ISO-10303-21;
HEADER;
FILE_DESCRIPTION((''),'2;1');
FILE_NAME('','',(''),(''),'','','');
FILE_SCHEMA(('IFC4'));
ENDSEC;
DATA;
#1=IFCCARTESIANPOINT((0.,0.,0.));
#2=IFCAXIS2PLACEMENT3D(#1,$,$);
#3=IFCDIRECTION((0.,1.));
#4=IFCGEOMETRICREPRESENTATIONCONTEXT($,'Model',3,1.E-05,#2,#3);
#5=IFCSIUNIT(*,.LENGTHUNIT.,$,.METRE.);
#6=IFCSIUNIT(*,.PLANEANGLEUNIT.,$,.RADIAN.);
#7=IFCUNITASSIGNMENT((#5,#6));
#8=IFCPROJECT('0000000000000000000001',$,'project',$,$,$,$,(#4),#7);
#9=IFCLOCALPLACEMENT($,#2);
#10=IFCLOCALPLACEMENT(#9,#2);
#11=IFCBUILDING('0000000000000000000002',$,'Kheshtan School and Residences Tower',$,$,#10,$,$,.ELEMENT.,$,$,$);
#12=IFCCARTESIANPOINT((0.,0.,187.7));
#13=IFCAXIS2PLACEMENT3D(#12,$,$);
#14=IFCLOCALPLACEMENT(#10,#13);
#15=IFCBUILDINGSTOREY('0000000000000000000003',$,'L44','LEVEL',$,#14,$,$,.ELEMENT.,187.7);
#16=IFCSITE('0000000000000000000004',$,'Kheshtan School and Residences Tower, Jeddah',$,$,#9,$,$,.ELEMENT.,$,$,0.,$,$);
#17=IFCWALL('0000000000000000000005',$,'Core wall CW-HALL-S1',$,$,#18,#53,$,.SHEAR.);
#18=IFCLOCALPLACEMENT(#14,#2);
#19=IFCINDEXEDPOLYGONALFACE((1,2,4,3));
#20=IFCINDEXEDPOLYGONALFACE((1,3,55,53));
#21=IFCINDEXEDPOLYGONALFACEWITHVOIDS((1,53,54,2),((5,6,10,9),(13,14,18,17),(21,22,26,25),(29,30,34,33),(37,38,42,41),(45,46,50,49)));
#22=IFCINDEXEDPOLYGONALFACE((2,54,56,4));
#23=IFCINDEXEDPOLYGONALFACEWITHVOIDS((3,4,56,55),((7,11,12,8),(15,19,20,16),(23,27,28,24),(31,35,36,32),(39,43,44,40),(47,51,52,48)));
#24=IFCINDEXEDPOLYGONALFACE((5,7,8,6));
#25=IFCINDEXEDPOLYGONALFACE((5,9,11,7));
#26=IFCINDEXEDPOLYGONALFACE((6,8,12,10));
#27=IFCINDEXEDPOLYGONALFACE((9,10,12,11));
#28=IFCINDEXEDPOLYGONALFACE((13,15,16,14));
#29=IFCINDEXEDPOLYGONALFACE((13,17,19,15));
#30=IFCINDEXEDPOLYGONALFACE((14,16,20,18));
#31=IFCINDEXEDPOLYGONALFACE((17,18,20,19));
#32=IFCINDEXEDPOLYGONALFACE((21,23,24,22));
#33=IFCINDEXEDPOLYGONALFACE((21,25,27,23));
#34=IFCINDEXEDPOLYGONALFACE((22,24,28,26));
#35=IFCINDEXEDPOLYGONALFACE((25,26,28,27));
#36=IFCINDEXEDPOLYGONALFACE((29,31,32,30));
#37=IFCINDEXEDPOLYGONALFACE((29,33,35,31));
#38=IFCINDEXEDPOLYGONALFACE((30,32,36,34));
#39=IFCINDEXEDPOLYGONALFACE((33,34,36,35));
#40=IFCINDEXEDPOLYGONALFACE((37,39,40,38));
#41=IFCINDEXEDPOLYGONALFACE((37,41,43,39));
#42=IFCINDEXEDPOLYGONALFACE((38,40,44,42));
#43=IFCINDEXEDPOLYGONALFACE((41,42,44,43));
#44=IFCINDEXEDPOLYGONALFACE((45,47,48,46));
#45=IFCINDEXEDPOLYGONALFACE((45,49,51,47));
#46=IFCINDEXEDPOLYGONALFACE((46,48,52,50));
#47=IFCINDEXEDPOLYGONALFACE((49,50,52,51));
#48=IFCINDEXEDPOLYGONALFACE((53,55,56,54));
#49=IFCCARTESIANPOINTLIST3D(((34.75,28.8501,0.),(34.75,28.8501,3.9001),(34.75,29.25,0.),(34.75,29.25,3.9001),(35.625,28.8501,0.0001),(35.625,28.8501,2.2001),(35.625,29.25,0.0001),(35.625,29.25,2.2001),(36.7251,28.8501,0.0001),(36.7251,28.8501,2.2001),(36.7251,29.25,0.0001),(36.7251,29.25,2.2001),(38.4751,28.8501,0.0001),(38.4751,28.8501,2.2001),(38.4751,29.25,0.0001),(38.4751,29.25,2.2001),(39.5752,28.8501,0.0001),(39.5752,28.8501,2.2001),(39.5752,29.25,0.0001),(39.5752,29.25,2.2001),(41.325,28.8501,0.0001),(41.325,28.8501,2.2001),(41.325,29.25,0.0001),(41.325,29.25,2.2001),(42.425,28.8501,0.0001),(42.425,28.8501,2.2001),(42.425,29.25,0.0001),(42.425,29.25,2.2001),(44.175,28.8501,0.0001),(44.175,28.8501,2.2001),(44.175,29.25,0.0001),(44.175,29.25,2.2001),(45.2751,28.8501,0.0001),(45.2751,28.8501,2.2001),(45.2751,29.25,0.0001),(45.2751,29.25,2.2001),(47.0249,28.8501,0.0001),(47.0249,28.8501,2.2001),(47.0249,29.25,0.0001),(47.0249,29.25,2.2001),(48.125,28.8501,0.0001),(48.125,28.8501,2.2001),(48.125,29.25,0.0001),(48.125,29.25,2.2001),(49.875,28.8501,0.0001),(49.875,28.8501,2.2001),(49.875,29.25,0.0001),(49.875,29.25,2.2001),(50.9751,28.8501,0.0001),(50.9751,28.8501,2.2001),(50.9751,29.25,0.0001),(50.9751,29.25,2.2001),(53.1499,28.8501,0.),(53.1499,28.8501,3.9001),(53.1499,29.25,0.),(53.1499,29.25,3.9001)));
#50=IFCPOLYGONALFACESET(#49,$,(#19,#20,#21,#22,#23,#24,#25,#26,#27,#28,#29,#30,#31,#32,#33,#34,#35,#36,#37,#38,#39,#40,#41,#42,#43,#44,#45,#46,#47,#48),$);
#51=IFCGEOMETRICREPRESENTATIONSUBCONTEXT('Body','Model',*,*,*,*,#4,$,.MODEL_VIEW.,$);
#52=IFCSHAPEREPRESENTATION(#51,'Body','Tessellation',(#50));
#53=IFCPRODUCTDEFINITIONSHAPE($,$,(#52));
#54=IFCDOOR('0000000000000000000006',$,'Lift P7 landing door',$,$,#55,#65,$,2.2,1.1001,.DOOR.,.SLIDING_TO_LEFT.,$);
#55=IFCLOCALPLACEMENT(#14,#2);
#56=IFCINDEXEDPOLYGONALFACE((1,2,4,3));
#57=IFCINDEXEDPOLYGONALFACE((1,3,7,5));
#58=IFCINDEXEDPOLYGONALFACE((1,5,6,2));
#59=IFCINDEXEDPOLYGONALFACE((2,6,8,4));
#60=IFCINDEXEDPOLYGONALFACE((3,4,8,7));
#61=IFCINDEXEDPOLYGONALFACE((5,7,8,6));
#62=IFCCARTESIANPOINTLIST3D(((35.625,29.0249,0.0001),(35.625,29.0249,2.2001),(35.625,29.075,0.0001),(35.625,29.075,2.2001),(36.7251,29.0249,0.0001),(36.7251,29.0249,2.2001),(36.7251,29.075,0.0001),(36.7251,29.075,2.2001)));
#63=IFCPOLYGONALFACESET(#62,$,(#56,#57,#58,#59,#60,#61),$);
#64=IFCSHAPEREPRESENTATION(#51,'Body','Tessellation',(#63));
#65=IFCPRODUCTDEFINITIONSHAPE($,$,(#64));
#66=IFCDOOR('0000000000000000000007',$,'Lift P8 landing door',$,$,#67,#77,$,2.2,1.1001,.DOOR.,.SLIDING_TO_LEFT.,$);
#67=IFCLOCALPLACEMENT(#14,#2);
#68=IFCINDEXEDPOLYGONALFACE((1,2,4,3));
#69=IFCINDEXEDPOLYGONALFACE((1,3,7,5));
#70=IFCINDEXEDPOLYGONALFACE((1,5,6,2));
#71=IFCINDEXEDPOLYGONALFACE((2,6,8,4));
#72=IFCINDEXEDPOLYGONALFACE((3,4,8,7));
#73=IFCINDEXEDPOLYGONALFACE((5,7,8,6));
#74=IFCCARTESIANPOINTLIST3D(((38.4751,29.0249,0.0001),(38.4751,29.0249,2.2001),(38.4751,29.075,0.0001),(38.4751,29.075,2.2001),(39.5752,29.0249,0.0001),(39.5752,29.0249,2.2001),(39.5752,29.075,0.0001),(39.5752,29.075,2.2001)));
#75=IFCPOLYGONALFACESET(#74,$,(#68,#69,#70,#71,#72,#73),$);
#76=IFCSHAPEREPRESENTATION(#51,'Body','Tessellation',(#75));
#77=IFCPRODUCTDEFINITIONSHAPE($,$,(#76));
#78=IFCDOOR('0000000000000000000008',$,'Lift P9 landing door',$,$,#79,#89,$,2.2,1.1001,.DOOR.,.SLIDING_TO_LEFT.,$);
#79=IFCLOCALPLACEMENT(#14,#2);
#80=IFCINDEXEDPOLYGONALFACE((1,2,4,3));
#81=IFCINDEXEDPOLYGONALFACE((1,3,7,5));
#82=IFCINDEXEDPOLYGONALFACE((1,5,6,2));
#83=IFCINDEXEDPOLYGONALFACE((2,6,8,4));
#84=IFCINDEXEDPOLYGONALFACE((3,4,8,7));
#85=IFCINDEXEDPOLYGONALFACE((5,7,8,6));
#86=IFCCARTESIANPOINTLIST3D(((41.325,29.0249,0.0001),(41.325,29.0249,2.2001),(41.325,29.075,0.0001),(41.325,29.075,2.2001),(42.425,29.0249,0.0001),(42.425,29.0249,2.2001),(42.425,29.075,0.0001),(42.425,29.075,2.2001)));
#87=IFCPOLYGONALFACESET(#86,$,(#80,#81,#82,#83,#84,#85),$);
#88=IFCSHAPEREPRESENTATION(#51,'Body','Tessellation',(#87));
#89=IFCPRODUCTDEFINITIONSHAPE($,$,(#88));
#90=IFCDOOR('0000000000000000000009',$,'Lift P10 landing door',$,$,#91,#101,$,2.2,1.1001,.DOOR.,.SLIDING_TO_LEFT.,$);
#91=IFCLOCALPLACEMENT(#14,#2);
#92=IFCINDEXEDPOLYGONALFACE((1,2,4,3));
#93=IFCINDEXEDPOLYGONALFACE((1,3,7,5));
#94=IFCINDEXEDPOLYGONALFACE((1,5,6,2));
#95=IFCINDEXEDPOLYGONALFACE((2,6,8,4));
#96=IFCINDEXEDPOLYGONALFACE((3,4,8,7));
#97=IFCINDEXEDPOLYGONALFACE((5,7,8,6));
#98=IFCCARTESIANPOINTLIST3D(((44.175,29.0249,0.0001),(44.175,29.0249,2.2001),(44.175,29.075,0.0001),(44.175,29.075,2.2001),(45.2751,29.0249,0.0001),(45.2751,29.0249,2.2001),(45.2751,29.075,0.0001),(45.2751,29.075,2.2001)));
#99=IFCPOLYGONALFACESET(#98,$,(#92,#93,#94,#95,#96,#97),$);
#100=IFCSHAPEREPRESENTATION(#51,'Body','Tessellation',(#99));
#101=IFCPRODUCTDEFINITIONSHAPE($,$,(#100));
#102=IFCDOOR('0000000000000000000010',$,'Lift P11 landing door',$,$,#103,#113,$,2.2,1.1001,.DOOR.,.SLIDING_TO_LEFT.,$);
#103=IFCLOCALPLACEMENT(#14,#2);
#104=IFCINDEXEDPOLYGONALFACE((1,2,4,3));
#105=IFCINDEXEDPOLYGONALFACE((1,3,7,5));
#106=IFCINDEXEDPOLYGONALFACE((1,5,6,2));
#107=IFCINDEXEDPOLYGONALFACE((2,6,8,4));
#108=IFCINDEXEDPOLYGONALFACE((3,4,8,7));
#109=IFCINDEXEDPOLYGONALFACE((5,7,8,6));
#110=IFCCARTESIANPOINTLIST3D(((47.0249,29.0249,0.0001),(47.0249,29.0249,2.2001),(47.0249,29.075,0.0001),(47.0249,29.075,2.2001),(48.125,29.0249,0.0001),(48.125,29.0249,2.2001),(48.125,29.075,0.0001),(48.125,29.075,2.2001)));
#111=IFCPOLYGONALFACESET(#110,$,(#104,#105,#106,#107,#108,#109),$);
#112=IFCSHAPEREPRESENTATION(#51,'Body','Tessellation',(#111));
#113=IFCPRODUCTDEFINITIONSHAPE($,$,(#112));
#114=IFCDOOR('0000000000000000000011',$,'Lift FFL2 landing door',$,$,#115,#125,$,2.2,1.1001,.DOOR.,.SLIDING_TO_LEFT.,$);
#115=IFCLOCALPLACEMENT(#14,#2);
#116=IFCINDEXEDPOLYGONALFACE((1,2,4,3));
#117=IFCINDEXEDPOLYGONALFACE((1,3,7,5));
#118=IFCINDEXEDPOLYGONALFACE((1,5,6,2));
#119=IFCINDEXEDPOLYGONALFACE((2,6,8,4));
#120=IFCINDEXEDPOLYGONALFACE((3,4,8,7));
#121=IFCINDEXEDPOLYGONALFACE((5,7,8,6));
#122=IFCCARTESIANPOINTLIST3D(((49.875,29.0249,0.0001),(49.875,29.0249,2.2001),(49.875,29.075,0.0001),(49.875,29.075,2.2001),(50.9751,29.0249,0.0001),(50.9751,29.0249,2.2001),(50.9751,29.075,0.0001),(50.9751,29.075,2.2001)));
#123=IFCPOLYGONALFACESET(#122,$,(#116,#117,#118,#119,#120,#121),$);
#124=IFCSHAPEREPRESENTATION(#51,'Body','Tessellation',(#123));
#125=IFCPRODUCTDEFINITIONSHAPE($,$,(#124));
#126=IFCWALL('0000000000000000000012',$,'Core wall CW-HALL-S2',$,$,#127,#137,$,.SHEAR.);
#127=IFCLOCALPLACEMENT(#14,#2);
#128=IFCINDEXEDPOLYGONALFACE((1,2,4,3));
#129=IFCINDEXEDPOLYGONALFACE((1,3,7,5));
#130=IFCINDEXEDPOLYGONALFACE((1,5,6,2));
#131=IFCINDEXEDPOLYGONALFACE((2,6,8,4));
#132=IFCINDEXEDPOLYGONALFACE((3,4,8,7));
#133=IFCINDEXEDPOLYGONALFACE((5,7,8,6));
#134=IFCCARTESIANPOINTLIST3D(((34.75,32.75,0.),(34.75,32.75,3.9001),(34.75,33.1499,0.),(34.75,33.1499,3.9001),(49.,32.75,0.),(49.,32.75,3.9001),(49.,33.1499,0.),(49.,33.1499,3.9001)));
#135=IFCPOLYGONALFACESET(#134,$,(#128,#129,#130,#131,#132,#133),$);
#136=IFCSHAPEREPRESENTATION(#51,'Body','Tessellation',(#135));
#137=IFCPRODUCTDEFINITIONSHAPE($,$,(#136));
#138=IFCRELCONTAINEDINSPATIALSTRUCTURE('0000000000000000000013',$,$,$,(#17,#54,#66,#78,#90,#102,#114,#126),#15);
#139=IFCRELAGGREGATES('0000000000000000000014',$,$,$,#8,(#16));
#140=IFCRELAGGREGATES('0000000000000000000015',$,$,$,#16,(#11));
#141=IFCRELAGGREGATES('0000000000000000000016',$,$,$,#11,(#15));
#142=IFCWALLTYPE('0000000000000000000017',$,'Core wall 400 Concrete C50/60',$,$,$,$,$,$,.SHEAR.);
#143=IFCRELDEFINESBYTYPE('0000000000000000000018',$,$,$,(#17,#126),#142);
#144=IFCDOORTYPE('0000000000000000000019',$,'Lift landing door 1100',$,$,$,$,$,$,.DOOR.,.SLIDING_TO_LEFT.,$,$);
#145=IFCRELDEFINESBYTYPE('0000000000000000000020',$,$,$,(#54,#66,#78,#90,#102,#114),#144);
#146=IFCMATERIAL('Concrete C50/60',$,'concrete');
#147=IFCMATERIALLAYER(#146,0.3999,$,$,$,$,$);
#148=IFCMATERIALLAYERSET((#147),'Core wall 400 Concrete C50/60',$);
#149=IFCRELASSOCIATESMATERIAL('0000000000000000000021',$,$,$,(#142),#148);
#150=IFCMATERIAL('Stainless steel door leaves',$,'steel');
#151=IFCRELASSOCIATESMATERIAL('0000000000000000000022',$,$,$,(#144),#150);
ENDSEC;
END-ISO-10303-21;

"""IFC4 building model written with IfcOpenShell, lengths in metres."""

from ifc_helpers import new_model, si_unit, direction, frame, frame_2d, origin, place, context, subcontext, project, spatial, rectangle, extrude, source, transform, mapped, material, layer, layer_set, type_object, element, fill, save


model = new_model("IFC4")

# Units and contexts
model_context = context("Model", 3, precision=1e-05, world=origin(), true_north=direction((0.0, 1.0)))
body_context = subcontext(model_context, "Body", "Model", "MODEL_VIEW")
ifc_project = project(units=[si_unit("LENGTHUNIT", "METRE"), si_unit("PLANEANGLEUNIT", "RADIAN")], contexts=[model_context])

# Site, building, storey
site_placement = place(None, origin())
site = spatial("IfcSite", under=ifc_project, at=site_placement, Name="Kheshtan School and Residences Tower, Jeddah", CompositionType="ELEMENT", RefElevation=0.0)
building_placement = place(site_placement, origin())
building = spatial("IfcBuilding", under=site, at=building_placement, Name="Kheshtan School and Residences Tower", CompositionType="ELEMENT")
storey_placement = place(building_placement, frame((0.0, 0.0, 187.7)))
storey = spatial("IfcBuildingStorey", under=building, at=storey_placement, Name="L44", Description="LEVEL", CompositionType="ELEMENT", Elevation=187.7)

# Wall, openings, doors
ifc_material_1 = material(Name="Concrete C50/60", Category="concrete")
ifc_layer_1 = layer(ifc_material_1, 0.3999)
ifc_layer_set_1 = layer_set([ifc_layer_1], Name="Core wall 400 Concrete C50/60")
wall_type_1 = type_object("IfcWallType", Name="Core wall 400 Concrete C50/60", PredefinedType="SHEAR", material=ifc_layer_set_1)
wall_1_placement = place(storey_placement, frame((34.75, 29.05, 0.0), z_axis=(0.0, 0.0, 1.0), x_axis=(1.0, 0.0, 0.0)))
wall_1 = element("IfcWall", 1, at=wall_1_placement, inside=storey, type_object=wall_type_1, Name="Core wall CW-HALL-S1", PredefinedType="SHEAR", context=body_context, shape_type="SweptSolid", body=[
    extrude(rectangle(XDim=18.3999, YDim=0.3999, at=frame_2d((9.2, 0.0))), origin(), (0.0, 0.0, 1.0), 3.9001),
])
opening_1_placement = place(wall_1_placement, frame((0.875, 0.0, 0.0)))
opening_1 = element("IfcOpeningElement", 2, at=opening_1_placement, cuts=wall_1, PredefinedType="OPENING", context=body_context, shape_type="SweptSolid", body=[
    extrude(rectangle(XDim=1.1001, YDim=2.2, at=frame_2d((0.55, 1.1001))), frame((0.0, 0.21, 0.0), z_axis=(0.0, -1.0, 0.0), x_axis=(1.0, 0.0, 0.0)), (0.0, 0.0, 1.0), 0.4199),
])
opening_2_placement = place(wall_1_placement, frame((3.7251, 0.0, 0.0)))
opening_2 = element("IfcOpeningElement", 3, at=opening_2_placement, cuts=wall_1, PredefinedType="OPENING", context=body_context, shape_type="SweptSolid", body=[
    extrude(rectangle(XDim=1.1001, YDim=2.2, at=frame_2d((0.55, 1.1001))), frame((0.0, 0.21, 0.0), z_axis=(0.0, -1.0, 0.0), x_axis=(1.0, 0.0, 0.0)), (0.0, 0.0, 1.0), 0.4199),
])
opening_3_placement = place(wall_1_placement, frame((6.575, 0.0, 0.0)))
opening_3 = element("IfcOpeningElement", 4, at=opening_3_placement, cuts=wall_1, PredefinedType="OPENING", context=body_context, shape_type="SweptSolid", body=[
    extrude(rectangle(XDim=1.1001, YDim=2.2, at=frame_2d((0.55, 1.1001))), frame((0.0, 0.21, 0.0), z_axis=(0.0, -1.0, 0.0), x_axis=(1.0, 0.0, 0.0)), (0.0, 0.0, 1.0), 0.4199),
])
opening_4_placement = place(wall_1_placement, frame((9.425, 0.0, 0.0)))
opening_4 = element("IfcOpeningElement", 5, at=opening_4_placement, cuts=wall_1, PredefinedType="OPENING", context=body_context, shape_type="SweptSolid", body=[
    extrude(rectangle(XDim=1.1001, YDim=2.2, at=frame_2d((0.55, 1.1001))), frame((0.0, 0.21, 0.0), z_axis=(0.0, -1.0, 0.0), x_axis=(1.0, 0.0, 0.0)), (0.0, 0.0, 1.0), 0.4199),
])
opening_5_placement = place(wall_1_placement, frame((12.2749, 0.0, 0.0)))
opening_5 = element("IfcOpeningElement", 6, at=opening_5_placement, cuts=wall_1, PredefinedType="OPENING", context=body_context, shape_type="SweptSolid", body=[
    extrude(rectangle(XDim=1.1001, YDim=2.2, at=frame_2d((0.55, 1.1001))), frame((0.0, 0.21, 0.0), z_axis=(0.0, -1.0, 0.0), x_axis=(1.0, 0.0, 0.0)), (0.0, 0.0, 1.0), 0.4199),
])
opening_6_placement = place(wall_1_placement, frame((15.125, 0.0, 0.0)))
opening_6 = element("IfcOpeningElement", 7, at=opening_6_placement, cuts=wall_1, PredefinedType="OPENING", context=body_context, shape_type="SweptSolid", body=[
    extrude(rectangle(XDim=1.1001, YDim=2.2, at=frame_2d((0.55, 1.1001))), frame((0.0, 0.21, 0.0), z_axis=(0.0, -1.0, 0.0), x_axis=(1.0, 0.0, 0.0)), (0.0, 0.0, 1.0), 0.4199),
])
ifc_material_2 = material(Name="Stainless steel door leaves", Category="steel")
door_type_1 = type_object("IfcDoorType", Name="Lift landing door 1100", OperationType="SLIDING_TO_LEFT", PredefinedType="DOOR", material=ifc_material_2)
shared_shape_1 = source(origin(), body_context, "Body", "SweptSolid", [
    extrude(rectangle(XDim=1.1001, YDim=2.2, at=frame_2d((0.55, 1.1001))), frame((0.0, 0.0249, 0.0), z_axis=(0.0, -1.0, 0.0), x_axis=(1.0, 0.0, 0.0)), (0.0, 0.0, 1.0), 0.05),
])
door_1_placement = place(opening_1_placement, origin())
door_1 = element("IfcDoor", 8, at=door_1_placement, inside=storey, type_object=door_type_1, Name="Lift P7 landing door", OperationType="SLIDING_TO_LEFT", OverallHeight=2.2, OverallWidth=1.1001, PredefinedType="DOOR", context=body_context, shape_type="MappedRepresentation", body=[
    mapped(shared_shape_1, transform((0.0, 0.0, 0.0), x_axis=(1.0, 0.0, 0.0), y_axis=(0.0, 1.0, 0.0), z_axis=(0.0, 0.0, 1.0), scale=1.0)),
])
fill(opening_1, door_1)
door_2_placement = place(opening_2_placement, origin())
door_2 = element("IfcDoor", 9, at=door_2_placement, inside=storey, type_object=door_type_1, Name="Lift P8 landing door", OperationType="SLIDING_TO_LEFT", OverallHeight=2.2, OverallWidth=1.1001, PredefinedType="DOOR", context=body_context, shape_type="MappedRepresentation", body=[
    mapped(shared_shape_1, transform((0.0, 0.0, 0.0), x_axis=(1.0, 0.0, 0.0), y_axis=(0.0, 1.0, 0.0), z_axis=(0.0, 0.0, 1.0), scale=1.0)),
])
fill(opening_2, door_2)
door_3_placement = place(opening_3_placement, origin())
door_3 = element("IfcDoor", 10, at=door_3_placement, inside=storey, type_object=door_type_1, Name="Lift P9 landing door", OperationType="SLIDING_TO_LEFT", OverallHeight=2.2, OverallWidth=1.1001, PredefinedType="DOOR", context=body_context, shape_type="MappedRepresentation", body=[
    mapped(shared_shape_1, transform((0.0, 0.0, 0.0), x_axis=(1.0, 0.0, 0.0), y_axis=(0.0, 1.0, 0.0), z_axis=(0.0, 0.0, 1.0), scale=1.0)),
])
fill(opening_3, door_3)
door_4_placement = place(opening_4_placement, origin())
door_4 = element("IfcDoor", 11, at=door_4_placement, inside=storey, type_object=door_type_1, Name="Lift P10 landing door", OperationType="SLIDING_TO_LEFT", OverallHeight=2.2, OverallWidth=1.1001, PredefinedType="DOOR", context=body_context, shape_type="MappedRepresentation", body=[
    mapped(shared_shape_1, transform((0.0, 0.0, 0.0), x_axis=(1.0, 0.0, 0.0), y_axis=(0.0, 1.0, 0.0), z_axis=(0.0, 0.0, 1.0), scale=1.0)),
])
fill(opening_4, door_4)
door_5_placement = place(opening_5_placement, origin())
door_5 = element("IfcDoor", 12, at=door_5_placement, inside=storey, type_object=door_type_1, Name="Lift P11 landing door", OperationType="SLIDING_TO_LEFT", OverallHeight=2.2, OverallWidth=1.1001, PredefinedType="DOOR", context=body_context, shape_type="MappedRepresentation", body=[
    mapped(shared_shape_1, transform((0.0, 0.0, 0.0), x_axis=(1.0, 0.0, 0.0), y_axis=(0.0, 1.0, 0.0), z_axis=(0.0, 0.0, 1.0), scale=1.0)),
])
fill(opening_5, door_5)
door_6_placement = place(opening_6_placement, origin())
door_6 = element("IfcDoor", 13, at=door_6_placement, inside=storey, type_object=door_type_1, Name="Lift FFL2 landing door", OperationType="SLIDING_TO_LEFT", OverallHeight=2.2, OverallWidth=1.1001, PredefinedType="DOOR", context=body_context, shape_type="MappedRepresentation", body=[
    mapped(shared_shape_1, transform((0.0, 0.0, 0.0), x_axis=(1.0, 0.0, 0.0), y_axis=(0.0, 1.0, 0.0), z_axis=(0.0, 0.0, 1.0), scale=1.0)),
])
fill(opening_6, door_6)

# Wall
wall_2_placement = place(storey_placement, frame((34.75, 32.95, 0.0), z_axis=(0.0, 0.0, 1.0), x_axis=(1.0, 0.0, 0.0)))
element("IfcWall", 14, at=wall_2_placement, inside=storey, type_object=wall_type_1, Name="Core wall CW-HALL-S2", PredefinedType="SHEAR", context=body_context, shape_type="SweptSolid", body=[
    extrude(rectangle(XDim=14.25, YDim=0.3999, at=frame_2d((7.125, 0.0))), origin(), (0.0, 0.0, 1.0), 3.9001),
])

save(model, "model.ifc")
